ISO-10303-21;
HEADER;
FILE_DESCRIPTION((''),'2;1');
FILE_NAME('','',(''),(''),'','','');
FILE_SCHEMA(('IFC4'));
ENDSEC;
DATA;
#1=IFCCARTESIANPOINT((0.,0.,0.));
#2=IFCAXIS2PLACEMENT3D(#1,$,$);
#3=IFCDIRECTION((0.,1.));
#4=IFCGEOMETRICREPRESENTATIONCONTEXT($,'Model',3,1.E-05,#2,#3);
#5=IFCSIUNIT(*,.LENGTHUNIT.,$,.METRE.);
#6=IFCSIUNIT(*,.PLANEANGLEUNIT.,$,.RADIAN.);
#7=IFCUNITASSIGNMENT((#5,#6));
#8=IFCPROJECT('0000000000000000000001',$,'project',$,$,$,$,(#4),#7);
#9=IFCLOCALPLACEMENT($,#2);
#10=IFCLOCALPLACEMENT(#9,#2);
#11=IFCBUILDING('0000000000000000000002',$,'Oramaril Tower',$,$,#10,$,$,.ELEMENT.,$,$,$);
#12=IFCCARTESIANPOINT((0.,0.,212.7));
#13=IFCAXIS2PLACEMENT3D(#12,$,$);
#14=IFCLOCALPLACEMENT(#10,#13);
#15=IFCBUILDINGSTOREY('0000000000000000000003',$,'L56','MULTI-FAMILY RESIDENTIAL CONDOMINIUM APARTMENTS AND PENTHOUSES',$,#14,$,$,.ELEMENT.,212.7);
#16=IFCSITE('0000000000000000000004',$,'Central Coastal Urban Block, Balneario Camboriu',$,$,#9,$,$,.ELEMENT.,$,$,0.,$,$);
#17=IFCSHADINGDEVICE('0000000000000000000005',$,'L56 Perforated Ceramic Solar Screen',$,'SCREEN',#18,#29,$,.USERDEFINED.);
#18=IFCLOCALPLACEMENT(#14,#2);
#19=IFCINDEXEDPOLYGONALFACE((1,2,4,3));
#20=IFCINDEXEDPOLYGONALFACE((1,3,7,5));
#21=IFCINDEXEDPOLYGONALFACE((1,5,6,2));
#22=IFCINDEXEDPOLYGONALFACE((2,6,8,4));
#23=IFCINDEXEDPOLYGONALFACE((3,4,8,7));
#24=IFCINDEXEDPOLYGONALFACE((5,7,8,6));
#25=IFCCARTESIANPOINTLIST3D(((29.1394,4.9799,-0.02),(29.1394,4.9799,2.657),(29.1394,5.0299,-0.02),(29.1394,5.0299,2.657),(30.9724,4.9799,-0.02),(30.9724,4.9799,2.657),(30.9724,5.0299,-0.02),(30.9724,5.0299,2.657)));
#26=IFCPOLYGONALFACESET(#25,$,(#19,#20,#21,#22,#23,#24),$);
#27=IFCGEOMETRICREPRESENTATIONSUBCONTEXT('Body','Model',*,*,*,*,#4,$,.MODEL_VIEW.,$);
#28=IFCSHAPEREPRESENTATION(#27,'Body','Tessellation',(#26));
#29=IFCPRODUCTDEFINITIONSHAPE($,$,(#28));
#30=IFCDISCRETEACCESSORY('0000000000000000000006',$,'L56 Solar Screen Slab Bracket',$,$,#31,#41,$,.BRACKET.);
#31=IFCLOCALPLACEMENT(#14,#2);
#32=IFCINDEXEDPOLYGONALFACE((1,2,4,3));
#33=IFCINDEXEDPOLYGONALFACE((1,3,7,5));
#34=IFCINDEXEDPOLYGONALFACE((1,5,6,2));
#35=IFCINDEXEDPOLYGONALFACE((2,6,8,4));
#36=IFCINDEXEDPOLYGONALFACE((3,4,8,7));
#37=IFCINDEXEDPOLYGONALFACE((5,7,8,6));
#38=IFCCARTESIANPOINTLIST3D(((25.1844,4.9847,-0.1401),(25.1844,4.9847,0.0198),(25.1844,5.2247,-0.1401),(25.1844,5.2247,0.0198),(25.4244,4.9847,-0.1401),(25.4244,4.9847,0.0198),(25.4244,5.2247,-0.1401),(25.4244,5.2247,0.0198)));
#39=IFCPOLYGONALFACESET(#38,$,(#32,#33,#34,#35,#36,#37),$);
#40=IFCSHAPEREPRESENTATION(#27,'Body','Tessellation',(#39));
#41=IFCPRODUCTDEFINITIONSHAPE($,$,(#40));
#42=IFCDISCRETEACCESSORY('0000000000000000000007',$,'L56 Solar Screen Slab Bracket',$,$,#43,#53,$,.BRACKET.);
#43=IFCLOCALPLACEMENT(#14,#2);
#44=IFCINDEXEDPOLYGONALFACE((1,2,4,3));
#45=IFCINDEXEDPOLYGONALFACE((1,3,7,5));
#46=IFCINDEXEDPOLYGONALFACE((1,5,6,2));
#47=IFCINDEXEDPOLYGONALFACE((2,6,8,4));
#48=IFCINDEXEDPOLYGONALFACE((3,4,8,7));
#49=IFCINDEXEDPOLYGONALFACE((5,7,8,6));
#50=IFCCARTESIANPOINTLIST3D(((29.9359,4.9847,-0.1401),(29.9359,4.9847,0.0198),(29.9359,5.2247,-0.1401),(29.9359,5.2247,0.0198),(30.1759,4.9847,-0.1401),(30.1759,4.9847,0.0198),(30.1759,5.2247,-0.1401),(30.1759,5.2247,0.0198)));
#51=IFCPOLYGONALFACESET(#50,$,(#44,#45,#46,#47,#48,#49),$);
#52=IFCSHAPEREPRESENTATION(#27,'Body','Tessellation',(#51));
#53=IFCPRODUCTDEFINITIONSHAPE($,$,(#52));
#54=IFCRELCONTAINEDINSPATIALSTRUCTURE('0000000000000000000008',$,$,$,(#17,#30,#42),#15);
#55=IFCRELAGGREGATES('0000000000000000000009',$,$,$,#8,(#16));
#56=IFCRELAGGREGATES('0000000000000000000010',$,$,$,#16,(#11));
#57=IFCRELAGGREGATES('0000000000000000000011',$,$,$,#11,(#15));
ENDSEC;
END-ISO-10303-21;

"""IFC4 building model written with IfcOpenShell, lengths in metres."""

from ifc_helpers import new_model, si_unit, direction, frame, origin, origin_2d, place, context, subcontext, project, spatial, rectangle, extrude, element, save


model = new_model("IFC4")

# Units and contexts
model_context = context("Model", 3, precision=1e-05, world=origin(), true_north=direction((0.0, 1.0)))
body_context = subcontext(model_context, "Body", "Model", "MODEL_VIEW")
ifc_project = project(units=[si_unit("LENGTHUNIT", "METRE"), si_unit("PLANEANGLEUNIT", "RADIAN")], contexts=[model_context])

# Site, building, storey
site_placement = place(None, origin())
site = spatial("IfcSite", under=ifc_project, at=site_placement, Name="Central Coastal Urban Block, Balneario Camboriu", CompositionType="ELEMENT", RefElevation=0.0)
building_placement = place(site_placement, origin())
building = spatial("IfcBuilding", under=site, at=building_placement, Name="Oramaril Tower", CompositionType="ELEMENT")
storey_placement = place(building_placement, frame((0.0, 0.0, 212.7)))
storey = spatial("IfcBuildingStorey", under=building, at=storey_placement, Name="L56", Description="MULTI-FAMILY RESIDENTIAL CONDOMINIUM APARTMENTS AND PENTHOUSES", CompositionType="ELEMENT", Elevation=212.7)

# Shading device
for number, where, z_axis, x_axis, name in (
    (1, (30.0559, 5.0049, -0.02), (0.0, 0.0, 1.0), (1.0, 0.0, 0.0), "L56 Perforated Ceramic Solar Screen"),
):
    element("IfcShadingDevice", number, at=place(storey_placement, frame(where, z_axis=z_axis, x_axis=x_axis)), inside=storey, Name=name, ObjectType="SCREEN", PredefinedType="USERDEFINED", context=body_context, shape_type="SweptSolid", body=[
        extrude(rectangle(XDim=1.833, YDim=0.05, at=origin_2d()), origin(), (0.0, 0.0, 1.0), 2.677),
    ])

# Discrete accessories
for number, where, z_axis, x_axis, name in (
    (2, (25.3044, 5.1047, -0.1401), (0.0, 0.0, 1.0), (1.0, 0.0, 0.0), "L56 Solar Screen Slab Bracket"),
    (3, (30.0559, 5.1047, -0.1401), (0.0, 0.0, 1.0), (1.0, 0.0, 0.0), "L56 Solar Screen Slab Bracket"),
):
    element("IfcDiscreteAccessory", number, at=place(storey_placement, frame(where, z_axis=z_axis, x_axis=x_axis)), inside=storey, Name=name, PredefinedType="BRACKET", context=body_context, shape_type="SweptSolid", body=[
        extrude(rectangle(XDim=0.24, YDim=0.24, at=origin_2d()), origin(), (0.0, 0.0, 1.0), 0.1599),
    ])

save(model, "model.ifc")
